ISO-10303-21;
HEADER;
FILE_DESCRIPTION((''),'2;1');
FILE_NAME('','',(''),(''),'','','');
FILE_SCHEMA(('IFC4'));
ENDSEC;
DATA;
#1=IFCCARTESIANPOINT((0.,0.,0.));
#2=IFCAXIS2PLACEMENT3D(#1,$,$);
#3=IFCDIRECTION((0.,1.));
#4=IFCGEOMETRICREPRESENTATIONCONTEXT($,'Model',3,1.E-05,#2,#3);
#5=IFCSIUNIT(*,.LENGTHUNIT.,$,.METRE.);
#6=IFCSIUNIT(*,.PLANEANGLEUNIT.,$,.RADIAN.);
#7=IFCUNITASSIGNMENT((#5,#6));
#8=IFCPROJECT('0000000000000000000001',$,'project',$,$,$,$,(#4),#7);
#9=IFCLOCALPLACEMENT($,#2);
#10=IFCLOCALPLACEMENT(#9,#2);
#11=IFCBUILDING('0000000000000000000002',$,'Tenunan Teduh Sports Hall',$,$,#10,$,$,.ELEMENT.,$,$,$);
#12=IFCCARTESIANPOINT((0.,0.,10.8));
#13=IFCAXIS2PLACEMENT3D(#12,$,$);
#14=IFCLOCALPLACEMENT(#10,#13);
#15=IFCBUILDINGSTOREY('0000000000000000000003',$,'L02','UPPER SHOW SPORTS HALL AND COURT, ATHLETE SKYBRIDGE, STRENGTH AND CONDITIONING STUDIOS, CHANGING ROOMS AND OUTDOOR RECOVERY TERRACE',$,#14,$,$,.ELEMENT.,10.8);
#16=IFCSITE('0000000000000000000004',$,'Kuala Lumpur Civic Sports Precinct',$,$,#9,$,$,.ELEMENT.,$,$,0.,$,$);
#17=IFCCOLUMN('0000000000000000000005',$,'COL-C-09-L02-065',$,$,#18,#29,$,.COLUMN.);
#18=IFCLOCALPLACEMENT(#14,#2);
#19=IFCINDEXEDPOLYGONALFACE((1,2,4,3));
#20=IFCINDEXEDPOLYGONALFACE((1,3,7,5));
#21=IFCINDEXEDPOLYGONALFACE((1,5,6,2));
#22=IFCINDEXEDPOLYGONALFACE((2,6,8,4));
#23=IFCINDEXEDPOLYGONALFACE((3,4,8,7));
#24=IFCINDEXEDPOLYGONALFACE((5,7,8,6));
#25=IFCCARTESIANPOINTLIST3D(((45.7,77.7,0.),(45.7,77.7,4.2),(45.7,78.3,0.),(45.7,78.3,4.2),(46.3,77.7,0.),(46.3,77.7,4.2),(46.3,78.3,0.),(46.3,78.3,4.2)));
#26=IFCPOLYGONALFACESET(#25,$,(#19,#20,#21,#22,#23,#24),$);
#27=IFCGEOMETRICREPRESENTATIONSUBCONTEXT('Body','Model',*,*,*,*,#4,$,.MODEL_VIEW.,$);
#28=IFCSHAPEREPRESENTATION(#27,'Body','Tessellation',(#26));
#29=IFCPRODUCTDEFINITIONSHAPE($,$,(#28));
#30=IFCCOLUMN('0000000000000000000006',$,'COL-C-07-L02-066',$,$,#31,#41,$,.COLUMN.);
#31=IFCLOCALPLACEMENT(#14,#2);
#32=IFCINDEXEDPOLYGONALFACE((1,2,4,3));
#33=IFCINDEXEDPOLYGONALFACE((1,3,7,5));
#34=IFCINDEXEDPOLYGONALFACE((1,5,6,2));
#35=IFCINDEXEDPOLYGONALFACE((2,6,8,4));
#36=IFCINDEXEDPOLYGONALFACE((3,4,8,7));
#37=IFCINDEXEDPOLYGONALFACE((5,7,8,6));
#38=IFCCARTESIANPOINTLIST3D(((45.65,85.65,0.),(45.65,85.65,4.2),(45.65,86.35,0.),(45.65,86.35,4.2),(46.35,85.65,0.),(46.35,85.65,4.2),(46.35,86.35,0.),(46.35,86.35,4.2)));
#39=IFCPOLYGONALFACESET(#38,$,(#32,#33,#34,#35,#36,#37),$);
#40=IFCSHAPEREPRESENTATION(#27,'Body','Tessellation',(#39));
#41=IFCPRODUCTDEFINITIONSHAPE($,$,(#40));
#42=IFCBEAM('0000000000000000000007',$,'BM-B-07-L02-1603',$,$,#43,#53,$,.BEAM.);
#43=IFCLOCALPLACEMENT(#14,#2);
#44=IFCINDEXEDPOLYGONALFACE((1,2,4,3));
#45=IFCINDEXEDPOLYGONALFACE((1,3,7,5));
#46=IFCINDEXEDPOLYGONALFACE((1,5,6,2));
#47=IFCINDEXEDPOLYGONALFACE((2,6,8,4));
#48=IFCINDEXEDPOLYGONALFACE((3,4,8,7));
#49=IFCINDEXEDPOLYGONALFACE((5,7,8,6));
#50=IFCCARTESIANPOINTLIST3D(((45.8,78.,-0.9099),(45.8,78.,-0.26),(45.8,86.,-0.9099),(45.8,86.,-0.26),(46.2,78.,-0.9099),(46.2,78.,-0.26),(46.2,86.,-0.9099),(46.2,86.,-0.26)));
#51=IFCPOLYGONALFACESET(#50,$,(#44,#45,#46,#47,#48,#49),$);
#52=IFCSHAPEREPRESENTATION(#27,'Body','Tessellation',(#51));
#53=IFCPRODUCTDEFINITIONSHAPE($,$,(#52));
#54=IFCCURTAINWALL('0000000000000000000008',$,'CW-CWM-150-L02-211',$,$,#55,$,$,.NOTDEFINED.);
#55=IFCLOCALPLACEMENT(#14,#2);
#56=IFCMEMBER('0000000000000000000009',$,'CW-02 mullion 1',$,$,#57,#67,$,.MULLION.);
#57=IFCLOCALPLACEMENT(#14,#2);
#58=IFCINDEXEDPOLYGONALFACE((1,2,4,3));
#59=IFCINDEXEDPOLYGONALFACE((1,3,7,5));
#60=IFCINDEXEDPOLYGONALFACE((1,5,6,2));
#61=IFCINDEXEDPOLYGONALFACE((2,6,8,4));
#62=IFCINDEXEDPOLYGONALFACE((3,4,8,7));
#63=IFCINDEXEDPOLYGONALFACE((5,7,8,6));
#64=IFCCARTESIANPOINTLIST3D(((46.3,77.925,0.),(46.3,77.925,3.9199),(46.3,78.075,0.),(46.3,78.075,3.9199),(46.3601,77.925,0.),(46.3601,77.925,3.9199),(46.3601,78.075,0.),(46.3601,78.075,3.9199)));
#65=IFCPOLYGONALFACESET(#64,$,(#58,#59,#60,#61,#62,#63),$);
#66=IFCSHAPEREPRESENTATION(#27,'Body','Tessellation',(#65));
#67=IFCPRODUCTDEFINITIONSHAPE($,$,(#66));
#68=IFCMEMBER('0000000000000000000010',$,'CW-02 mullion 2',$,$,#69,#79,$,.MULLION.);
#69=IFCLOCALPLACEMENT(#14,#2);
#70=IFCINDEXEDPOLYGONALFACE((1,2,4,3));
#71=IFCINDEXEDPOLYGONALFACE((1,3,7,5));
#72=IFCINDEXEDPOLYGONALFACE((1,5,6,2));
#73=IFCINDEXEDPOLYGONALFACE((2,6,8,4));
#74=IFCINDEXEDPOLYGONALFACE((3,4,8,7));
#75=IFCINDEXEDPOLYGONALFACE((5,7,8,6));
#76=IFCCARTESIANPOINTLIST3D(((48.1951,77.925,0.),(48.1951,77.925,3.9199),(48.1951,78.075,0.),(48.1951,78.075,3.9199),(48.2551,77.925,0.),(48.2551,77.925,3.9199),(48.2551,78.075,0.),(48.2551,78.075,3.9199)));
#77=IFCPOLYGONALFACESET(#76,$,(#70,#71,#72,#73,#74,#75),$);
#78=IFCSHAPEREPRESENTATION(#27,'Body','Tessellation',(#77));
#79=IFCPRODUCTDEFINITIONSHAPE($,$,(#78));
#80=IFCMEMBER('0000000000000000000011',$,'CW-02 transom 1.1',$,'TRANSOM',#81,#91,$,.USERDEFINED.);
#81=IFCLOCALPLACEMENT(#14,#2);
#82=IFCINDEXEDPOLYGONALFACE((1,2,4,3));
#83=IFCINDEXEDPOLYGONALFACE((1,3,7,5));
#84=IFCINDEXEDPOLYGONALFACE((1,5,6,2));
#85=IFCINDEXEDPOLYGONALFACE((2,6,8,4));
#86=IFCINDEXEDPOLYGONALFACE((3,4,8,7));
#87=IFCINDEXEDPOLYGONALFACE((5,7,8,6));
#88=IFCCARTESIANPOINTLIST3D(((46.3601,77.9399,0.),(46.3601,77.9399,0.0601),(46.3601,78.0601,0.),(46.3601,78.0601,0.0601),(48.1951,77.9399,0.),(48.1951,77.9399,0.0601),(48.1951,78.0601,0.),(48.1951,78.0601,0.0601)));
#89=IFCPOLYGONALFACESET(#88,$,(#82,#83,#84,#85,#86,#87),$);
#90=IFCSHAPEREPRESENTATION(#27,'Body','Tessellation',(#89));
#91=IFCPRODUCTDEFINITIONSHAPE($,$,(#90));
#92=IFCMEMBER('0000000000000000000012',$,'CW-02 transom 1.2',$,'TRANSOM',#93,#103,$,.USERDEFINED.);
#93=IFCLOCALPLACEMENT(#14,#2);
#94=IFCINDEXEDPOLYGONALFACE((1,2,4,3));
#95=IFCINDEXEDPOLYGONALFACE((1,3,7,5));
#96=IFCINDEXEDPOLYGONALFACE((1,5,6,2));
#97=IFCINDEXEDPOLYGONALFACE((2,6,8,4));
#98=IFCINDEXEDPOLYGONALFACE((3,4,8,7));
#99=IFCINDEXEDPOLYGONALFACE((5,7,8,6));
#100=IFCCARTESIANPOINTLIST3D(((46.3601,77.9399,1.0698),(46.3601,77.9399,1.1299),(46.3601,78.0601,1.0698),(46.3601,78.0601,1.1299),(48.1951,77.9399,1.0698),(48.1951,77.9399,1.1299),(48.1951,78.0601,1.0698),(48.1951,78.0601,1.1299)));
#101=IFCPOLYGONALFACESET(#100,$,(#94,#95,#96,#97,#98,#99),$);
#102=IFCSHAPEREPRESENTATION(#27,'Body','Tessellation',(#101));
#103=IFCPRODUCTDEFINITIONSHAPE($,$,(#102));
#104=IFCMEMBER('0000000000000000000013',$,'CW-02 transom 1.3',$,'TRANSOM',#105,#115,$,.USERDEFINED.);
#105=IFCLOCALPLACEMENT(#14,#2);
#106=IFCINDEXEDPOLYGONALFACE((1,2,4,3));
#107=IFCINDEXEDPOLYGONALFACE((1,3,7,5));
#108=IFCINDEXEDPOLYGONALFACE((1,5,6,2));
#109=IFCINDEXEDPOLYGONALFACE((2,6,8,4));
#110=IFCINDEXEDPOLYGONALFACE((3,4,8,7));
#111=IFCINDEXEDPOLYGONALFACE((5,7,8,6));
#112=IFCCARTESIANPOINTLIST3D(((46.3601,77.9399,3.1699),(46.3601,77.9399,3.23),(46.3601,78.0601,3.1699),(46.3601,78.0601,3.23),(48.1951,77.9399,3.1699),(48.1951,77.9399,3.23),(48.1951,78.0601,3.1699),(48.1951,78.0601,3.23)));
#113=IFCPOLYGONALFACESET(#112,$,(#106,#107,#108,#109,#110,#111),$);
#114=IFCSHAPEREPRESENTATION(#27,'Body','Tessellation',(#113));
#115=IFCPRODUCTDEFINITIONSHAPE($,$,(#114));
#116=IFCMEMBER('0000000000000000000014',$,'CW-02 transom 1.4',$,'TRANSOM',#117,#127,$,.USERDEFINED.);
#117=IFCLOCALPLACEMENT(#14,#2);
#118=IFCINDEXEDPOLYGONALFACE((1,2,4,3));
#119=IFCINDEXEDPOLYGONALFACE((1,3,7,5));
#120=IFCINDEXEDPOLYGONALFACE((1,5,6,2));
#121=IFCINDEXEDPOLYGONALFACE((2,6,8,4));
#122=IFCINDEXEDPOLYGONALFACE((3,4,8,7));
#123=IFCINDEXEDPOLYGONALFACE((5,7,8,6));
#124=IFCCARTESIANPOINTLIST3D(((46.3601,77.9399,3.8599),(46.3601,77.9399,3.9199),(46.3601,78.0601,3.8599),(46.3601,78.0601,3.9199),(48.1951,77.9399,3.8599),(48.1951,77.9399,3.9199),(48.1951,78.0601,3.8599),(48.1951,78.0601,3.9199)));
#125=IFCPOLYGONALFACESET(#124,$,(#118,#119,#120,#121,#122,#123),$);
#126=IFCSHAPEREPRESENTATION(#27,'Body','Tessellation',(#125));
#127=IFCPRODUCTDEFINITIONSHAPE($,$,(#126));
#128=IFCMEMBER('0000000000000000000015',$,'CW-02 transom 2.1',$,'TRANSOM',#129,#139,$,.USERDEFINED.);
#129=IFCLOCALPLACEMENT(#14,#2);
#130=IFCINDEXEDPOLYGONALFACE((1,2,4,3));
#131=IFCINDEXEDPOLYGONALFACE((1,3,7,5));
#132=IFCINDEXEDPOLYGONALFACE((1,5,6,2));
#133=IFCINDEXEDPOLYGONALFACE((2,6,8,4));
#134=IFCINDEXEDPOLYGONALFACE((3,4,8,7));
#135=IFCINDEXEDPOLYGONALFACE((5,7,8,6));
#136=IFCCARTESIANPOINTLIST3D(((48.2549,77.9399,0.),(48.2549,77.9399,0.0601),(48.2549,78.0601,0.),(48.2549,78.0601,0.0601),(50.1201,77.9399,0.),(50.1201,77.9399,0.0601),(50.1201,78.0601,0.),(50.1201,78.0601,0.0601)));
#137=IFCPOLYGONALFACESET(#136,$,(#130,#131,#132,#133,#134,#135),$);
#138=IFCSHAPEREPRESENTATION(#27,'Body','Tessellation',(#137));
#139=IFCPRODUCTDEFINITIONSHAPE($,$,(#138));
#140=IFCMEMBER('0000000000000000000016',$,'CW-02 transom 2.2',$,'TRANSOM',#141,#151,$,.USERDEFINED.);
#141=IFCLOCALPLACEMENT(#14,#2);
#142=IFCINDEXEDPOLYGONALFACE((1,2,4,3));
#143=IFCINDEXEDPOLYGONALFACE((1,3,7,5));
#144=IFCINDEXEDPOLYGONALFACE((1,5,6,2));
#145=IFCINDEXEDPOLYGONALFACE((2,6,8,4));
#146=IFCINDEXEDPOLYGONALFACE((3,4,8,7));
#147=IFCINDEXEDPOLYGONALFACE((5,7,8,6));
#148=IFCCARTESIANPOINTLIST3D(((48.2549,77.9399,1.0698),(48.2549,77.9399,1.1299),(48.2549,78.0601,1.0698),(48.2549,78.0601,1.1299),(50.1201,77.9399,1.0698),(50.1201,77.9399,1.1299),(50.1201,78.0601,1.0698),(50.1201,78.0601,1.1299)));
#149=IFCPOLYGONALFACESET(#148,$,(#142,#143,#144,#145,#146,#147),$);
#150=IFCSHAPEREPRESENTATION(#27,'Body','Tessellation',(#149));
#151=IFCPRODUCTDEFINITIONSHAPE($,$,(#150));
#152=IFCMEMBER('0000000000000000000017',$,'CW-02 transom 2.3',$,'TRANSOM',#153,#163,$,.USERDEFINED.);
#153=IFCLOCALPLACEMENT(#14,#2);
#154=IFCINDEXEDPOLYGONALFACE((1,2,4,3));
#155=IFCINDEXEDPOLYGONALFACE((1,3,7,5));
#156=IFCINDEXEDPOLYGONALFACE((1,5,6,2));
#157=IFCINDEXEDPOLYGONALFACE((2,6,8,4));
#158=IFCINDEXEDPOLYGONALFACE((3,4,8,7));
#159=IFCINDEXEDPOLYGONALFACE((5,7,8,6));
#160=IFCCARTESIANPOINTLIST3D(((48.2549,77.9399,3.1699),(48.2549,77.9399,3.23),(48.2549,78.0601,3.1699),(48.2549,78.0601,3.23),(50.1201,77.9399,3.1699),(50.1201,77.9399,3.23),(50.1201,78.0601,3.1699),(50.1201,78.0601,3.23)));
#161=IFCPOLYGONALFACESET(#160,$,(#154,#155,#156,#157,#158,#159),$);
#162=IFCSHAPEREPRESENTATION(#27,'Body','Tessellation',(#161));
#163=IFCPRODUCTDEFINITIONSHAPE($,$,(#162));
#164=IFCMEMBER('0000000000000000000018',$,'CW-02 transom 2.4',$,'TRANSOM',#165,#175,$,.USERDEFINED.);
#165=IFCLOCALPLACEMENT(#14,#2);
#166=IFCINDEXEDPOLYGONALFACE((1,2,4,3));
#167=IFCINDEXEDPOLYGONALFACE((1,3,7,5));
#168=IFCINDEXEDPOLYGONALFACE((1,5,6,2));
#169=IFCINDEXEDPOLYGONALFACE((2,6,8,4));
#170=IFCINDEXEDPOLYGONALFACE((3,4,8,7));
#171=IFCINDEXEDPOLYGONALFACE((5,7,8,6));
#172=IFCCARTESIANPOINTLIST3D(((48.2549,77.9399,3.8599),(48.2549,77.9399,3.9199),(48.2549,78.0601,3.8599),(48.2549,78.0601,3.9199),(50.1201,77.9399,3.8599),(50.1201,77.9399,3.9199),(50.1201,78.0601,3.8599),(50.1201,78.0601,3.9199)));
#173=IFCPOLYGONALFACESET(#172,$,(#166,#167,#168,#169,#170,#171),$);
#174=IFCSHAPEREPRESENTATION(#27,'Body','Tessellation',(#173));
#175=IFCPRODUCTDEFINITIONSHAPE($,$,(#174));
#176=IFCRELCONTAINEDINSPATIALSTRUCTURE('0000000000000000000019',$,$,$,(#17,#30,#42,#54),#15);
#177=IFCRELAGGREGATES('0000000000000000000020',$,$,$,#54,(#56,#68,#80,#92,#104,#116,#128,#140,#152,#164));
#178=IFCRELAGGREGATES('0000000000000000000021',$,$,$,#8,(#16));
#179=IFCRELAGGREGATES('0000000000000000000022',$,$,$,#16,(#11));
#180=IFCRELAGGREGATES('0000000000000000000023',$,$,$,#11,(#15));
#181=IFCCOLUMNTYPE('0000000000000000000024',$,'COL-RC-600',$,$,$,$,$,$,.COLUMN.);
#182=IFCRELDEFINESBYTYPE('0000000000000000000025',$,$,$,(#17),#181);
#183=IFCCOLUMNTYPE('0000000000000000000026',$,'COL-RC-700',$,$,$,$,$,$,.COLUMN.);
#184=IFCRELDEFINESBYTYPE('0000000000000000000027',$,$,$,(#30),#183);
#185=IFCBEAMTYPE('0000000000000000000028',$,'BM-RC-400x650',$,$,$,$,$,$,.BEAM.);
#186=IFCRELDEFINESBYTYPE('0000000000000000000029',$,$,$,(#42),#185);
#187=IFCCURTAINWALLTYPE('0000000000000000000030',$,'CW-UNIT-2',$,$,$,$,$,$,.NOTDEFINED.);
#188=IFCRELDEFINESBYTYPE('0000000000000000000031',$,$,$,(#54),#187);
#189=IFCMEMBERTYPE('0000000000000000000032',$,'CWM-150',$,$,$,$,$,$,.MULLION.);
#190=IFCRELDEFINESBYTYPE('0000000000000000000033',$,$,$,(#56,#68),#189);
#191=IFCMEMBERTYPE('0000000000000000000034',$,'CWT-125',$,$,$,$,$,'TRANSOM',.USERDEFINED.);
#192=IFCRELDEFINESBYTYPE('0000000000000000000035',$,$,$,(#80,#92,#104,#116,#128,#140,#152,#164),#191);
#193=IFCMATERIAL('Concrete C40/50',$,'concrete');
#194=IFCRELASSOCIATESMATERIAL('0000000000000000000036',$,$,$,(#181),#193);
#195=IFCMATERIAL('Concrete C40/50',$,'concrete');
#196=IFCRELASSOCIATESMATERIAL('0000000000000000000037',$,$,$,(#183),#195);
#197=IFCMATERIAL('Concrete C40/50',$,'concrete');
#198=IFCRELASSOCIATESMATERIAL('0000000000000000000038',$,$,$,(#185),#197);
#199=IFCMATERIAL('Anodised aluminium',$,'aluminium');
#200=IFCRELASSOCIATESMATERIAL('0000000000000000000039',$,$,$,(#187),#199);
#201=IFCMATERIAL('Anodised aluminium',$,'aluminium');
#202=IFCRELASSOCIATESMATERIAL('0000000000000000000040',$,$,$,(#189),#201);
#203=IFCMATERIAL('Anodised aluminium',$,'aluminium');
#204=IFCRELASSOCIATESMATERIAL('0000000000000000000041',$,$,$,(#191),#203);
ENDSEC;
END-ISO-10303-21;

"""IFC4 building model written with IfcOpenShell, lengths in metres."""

from ifc_helpers import new_model, si_unit, direction, frame, origin, origin_2d, place, context, subcontext, project, spatial, rectangle, extrude, material, material_profile, profile_set, type_object, element, aggregate, save


model = new_model("IFC4")

# Units and contexts
model_context = context("Model", 3, precision=1e-05, world=origin(), true_north=direction((0.0, 1.0)))
body_context = subcontext(model_context, "Body", "Model", "MODEL_VIEW")
ifc_project = project(units=[si_unit("LENGTHUNIT", "METRE"), si_unit("PLANEANGLEUNIT", "RADIAN")], contexts=[model_context])

# Site, building, storey
site_placement = place(None, origin())
site = spatial("IfcSite", under=ifc_project, at=site_placement, Name="Kuala Lumpur Civic Sports Precinct", CompositionType="ELEMENT", RefElevation=0.0)
building_placement = place(site_placement, origin())
building = spatial("IfcBuilding", under=site, at=building_placement, Name="Tenunan Teduh Sports Hall", CompositionType="ELEMENT")
storey_placement = place(building_placement, frame((0.0, 0.0, 10.8)))
storey = spatial("IfcBuildingStorey", under=building, at=storey_placement, Name="L02", Description="UPPER SHOW SPORTS HALL AND COURT, ATHLETE SKYBRIDGE, STRENGTH AND CONDITIONING STUDIOS, CHANGING ROOMS AND OUTDOOR RECOVERY TERRACE", CompositionType="ELEMENT", Elevation=10.8)

# Columns
ifc_material_1 = material(Name="Concrete C40/50", Category="concrete")
ifc_material_profile_1 = material_profile(ifc_material_1, rectangle(XDim=0.6001, YDim=0.6001, at=origin_2d()), Name="RC 600x600")
ifc_profile_set_1 = profile_set([ifc_material_profile_1], Name="Concrete C40/50")
column_type_1 = type_object("IfcColumnType", Name="COL-RC-600", PredefinedType="COLUMN", material=ifc_profile_set_1)
column_1_placement = place(storey_placement, frame((46.0, 78.0, 0.0), z_axis=(0.0, 0.0, 1.0), x_axis=(1.0, 0.0, 0.0)))
element("IfcColumn", 1, at=column_1_placement, inside=storey, type_object=column_type_1, Name="COL-C-09-L02-065", PredefinedType="COLUMN", context=body_context, shape_type="SweptSolid", body=[
    extrude(rectangle(XDim=0.6001, YDim=0.6001, at=origin_2d()), origin(), (0.0, 0.0, 1.0), 4.2),
])
ifc_material_2 = material(Name="Concrete C40/50", Category="concrete")
ifc_material_profile_2 = material_profile(ifc_material_2, rectangle(XDim=0.7, YDim=0.7, at=origin_2d()), Name="RC 700x700")
ifc_profile_set_2 = profile_set([ifc_material_profile_2], Name="Concrete C40/50")
column_type_2 = type_object("IfcColumnType", Name="COL-RC-700", PredefinedType="COLUMN", material=ifc_profile_set_2)
column_2_placement = place(storey_placement, frame((46.0, 86.0, 0.0), z_axis=(0.0, 0.0, 1.0), x_axis=(1.0, 0.0, 0.0)))
element("IfcColumn", 2, at=column_2_placement, inside=storey, type_object=column_type_2, Name="COL-C-07-L02-066", PredefinedType="COLUMN", context=body_context, shape_type="SweptSolid", body=[
    extrude(rectangle(XDim=0.7, YDim=0.7, at=origin_2d()), origin(), (0.0, 0.0, 1.0), 4.2),
])

# Beam
ifc_material_3 = material(Name="Concrete C40/50", Category="concrete")
ifc_material_profile_3 = material_profile(ifc_material_3, rectangle(XDim=0.3999, YDim=0.6499, at=origin_2d()), Name="RCB 400x650")
ifc_profile_set_3 = profile_set([ifc_material_profile_3], Name="Concrete C40/50")
beam_type = type_object("IfcBeamType", Name="BM-RC-400x650", PredefinedType="BEAM", material=ifc_profile_set_3)
beam_placement = place(storey_placement, frame((46.0, 78.0, -0.585), z_axis=(0.0, 1.0, 0.0), x_axis=(-1.0, 0.0, 0.0)))
element("IfcBeam", 3, at=beam_placement, inside=storey, type_object=beam_type, Name="BM-B-07-L02-1603", PredefinedType="BEAM", context=body_context, shape_type="SweptSolid", body=[
    extrude(rectangle(XDim=0.3999, YDim=0.6499, at=origin_2d()), origin(), (0.0, 0.0, 1.0), 8.0),
])

# Curtain wall, members
ifc_material_4 = material(Name="Anodised aluminium", Category="aluminium")
curtain_wall_type = type_object("IfcCurtainWallType", Name="CW-UNIT-2", PredefinedType="NOTDEFINED", material=ifc_material_4)
curtain_wall_placement = place(storey_placement, origin())
curtain_wall = element("IfcCurtainWall", 4, at=curtain_wall_placement, inside=storey, type_object=curtain_wall_type, Name="CW-CWM-150-L02-211", PredefinedType="NOTDEFINED")
ifc_material_5 = material(Name="Anodised aluminium", Category="aluminium")
ifc_material_profile_4 = material_profile(ifc_material_5, rectangle(XDim=0.0601, YDim=0.1499, at=origin_2d()), Name="CWM 60x150")
ifc_profile_set_4 = profile_set([ifc_material_profile_4], Name="Anodised aluminium")
member_type_1 = type_object("IfcMemberType", Name="CWM-150", PredefinedType="MULLION", material=ifc_profile_set_4)
member_1_placement = place(storey_placement, frame((46.3301, 78.0, 0.0), z_axis=(0.0, 0.0, 1.0), x_axis=(1.0, 0.0, 0.0)))
member_1 = element("IfcMember", 5, at=member_1_placement, type_object=member_type_1, Name="CW-02 mullion 1", PredefinedType="MULLION", context=body_context, shape_type="SweptSolid", body=[
    extrude(rectangle(XDim=0.0601, YDim=0.1499, at=origin_2d()), origin(), (0.0, 0.0, 1.0), 3.9199),
])
member_2_placement = place(storey_placement, frame((48.2251, 78.0, 0.0), z_axis=(0.0, 0.0, 1.0), x_axis=(1.0, 0.0, 0.0)))
member_2 = element("IfcMember", 6, at=member_2_placement, type_object=member_type_1, Name="CW-02 mullion 2", PredefinedType="MULLION", context=body_context, shape_type="SweptSolid", body=[
    extrude(rectangle(XDim=0.0601, YDim=0.1499, at=origin_2d()), origin(), (0.0, 0.0, 1.0), 3.9199),
])
ifc_material_6 = material(Name="Anodised aluminium", Category="aluminium")
ifc_material_profile_5 = material_profile(ifc_material_6, rectangle(XDim=0.0601, YDim=0.1201, at=origin_2d()), Name="CWT 60x120")
ifc_profile_set_5 = profile_set([ifc_material_profile_5], Name="Anodised aluminium")
member_type_2 = type_object("IfcMemberType", Name="CWT-125", ElementType="TRANSOM", PredefinedType="USERDEFINED", material=ifc_profile_set_5)
member_3_placement = place(storey_placement, frame((46.3601, 78.0, 0.03), z_axis=(1.0, 0.0, 0.0), x_axis=(0.0, 0.0, 1.0)))
member_3 = element("IfcMember", 7, at=member_3_placement, type_object=member_type_2, Name="CW-02 transom 1.1", ObjectType="TRANSOM", PredefinedType="USERDEFINED", context=body_context, shape_type="SweptSolid", body=[
    extrude(rectangle(XDim=0.0601, YDim=0.1201, at=origin_2d()), origin(), (0.0, 0.0, 1.0), 1.835),
])
member_4_placement = place(storey_placement, frame((46.3601, 78.0, 1.0999), z_axis=(1.0, 0.0, 0.0), x_axis=(0.0, 0.0, 1.0)))
member_4 = element("IfcMember", 8, at=member_4_placement, type_object=member_type_2, Name="CW-02 transom 1.2", ObjectType="TRANSOM", PredefinedType="USERDEFINED", context=body_context, shape_type="SweptSolid", body=[
    extrude(rectangle(XDim=0.0601, YDim=0.1201, at=origin_2d()), origin(), (0.0, 0.0, 1.0), 1.835),
])
member_5_placement = place(storey_placement, frame((46.3601, 78.0, 3.2), z_axis=(1.0, 0.0, 0.0), x_axis=(0.0, 0.0, 1.0)))
member_5 = element("IfcMember", 9, at=member_5_placement, type_object=member_type_2, Name="CW-02 transom 1.3", ObjectType="TRANSOM", PredefinedType="USERDEFINED", context=body_context, shape_type="SweptSolid", body=[
    extrude(rectangle(XDim=0.0601, YDim=0.1201, at=origin_2d()), origin(), (0.0, 0.0, 1.0), 1.835),
])
member_6_placement = place(storey_placement, frame((46.3601, 78.0, 3.8899), z_axis=(1.0, 0.0, 0.0), x_axis=(0.0, 0.0, 1.0)))
member_6 = element("IfcMember", 10, at=member_6_placement, type_object=member_type_2, Name="CW-02 transom 1.4", ObjectType="TRANSOM", PredefinedType="USERDEFINED", context=body_context, shape_type="SweptSolid", body=[
    extrude(rectangle(XDim=0.0601, YDim=0.1201, at=origin_2d()), origin(), (0.0, 0.0, 1.0), 1.835),
])
member_7_placement = place(storey_placement, frame((48.2549, 78.0, 0.03), z_axis=(1.0, 0.0, 0.0), x_axis=(0.0, 0.0, 1.0)))
member_7 = element("IfcMember", 11, at=member_7_placement, type_object=member_type_2, Name="CW-02 transom 2.1", ObjectType="TRANSOM", PredefinedType="USERDEFINED", context=body_context, shape_type="SweptSolid", body=[
    extrude(rectangle(XDim=0.0601, YDim=0.1201, at=origin_2d()), origin(), (0.0, 0.0, 1.0), 1.8652),
])
member_8_placement = place(storey_placement, frame((48.2549, 78.0, 1.0999), z_axis=(1.0, 0.0, 0.0), x_axis=(0.0, 0.0, 1.0)))
member_8 = element("IfcMember", 12, at=member_8_placement, type_object=member_type_2, Name="CW-02 transom 2.2", ObjectType="TRANSOM", PredefinedType="USERDEFINED", context=body_context, shape_type="SweptSolid", body=[
    extrude(rectangle(XDim=0.0601, YDim=0.1201, at=origin_2d()), origin(), (0.0, 0.0, 1.0), 1.8652),
])
member_9_placement = place(storey_placement, frame((48.2549, 78.0, 3.2), z_axis=(1.0, 0.0, 0.0), x_axis=(0.0, 0.0, 1.0)))
member_9 = element("IfcMember", 13, at=member_9_placement, type_object=member_type_2, Name="CW-02 transom 2.3", ObjectType="TRANSOM", PredefinedType="USERDEFINED", context=body_context, shape_type="SweptSolid", body=[
    extrude(rectangle(XDim=0.0601, YDim=0.1201, at=origin_2d()), origin(), (0.0, 0.0, 1.0), 1.8652),
])
member_10_placement = place(storey_placement, frame((48.2549, 78.0, 3.8899), z_axis=(1.0, 0.0, 0.0), x_axis=(0.0, 0.0, 1.0)))
member_10 = element("IfcMember", 14, at=member_10_placement, type_object=member_type_2, Name="CW-02 transom 2.4", ObjectType="TRANSOM", PredefinedType="USERDEFINED", context=body_context, shape_type="SweptSolid", body=[
    extrude(rectangle(XDim=0.0601, YDim=0.1201, at=origin_2d()), origin(), (0.0, 0.0, 1.0), 1.8652),
])

aggregate(curtain_wall, [member_1, member_2, member_3, member_4, member_5, member_6, member_7, member_8, member_9, member_10])

save(model, "model.ifc")
